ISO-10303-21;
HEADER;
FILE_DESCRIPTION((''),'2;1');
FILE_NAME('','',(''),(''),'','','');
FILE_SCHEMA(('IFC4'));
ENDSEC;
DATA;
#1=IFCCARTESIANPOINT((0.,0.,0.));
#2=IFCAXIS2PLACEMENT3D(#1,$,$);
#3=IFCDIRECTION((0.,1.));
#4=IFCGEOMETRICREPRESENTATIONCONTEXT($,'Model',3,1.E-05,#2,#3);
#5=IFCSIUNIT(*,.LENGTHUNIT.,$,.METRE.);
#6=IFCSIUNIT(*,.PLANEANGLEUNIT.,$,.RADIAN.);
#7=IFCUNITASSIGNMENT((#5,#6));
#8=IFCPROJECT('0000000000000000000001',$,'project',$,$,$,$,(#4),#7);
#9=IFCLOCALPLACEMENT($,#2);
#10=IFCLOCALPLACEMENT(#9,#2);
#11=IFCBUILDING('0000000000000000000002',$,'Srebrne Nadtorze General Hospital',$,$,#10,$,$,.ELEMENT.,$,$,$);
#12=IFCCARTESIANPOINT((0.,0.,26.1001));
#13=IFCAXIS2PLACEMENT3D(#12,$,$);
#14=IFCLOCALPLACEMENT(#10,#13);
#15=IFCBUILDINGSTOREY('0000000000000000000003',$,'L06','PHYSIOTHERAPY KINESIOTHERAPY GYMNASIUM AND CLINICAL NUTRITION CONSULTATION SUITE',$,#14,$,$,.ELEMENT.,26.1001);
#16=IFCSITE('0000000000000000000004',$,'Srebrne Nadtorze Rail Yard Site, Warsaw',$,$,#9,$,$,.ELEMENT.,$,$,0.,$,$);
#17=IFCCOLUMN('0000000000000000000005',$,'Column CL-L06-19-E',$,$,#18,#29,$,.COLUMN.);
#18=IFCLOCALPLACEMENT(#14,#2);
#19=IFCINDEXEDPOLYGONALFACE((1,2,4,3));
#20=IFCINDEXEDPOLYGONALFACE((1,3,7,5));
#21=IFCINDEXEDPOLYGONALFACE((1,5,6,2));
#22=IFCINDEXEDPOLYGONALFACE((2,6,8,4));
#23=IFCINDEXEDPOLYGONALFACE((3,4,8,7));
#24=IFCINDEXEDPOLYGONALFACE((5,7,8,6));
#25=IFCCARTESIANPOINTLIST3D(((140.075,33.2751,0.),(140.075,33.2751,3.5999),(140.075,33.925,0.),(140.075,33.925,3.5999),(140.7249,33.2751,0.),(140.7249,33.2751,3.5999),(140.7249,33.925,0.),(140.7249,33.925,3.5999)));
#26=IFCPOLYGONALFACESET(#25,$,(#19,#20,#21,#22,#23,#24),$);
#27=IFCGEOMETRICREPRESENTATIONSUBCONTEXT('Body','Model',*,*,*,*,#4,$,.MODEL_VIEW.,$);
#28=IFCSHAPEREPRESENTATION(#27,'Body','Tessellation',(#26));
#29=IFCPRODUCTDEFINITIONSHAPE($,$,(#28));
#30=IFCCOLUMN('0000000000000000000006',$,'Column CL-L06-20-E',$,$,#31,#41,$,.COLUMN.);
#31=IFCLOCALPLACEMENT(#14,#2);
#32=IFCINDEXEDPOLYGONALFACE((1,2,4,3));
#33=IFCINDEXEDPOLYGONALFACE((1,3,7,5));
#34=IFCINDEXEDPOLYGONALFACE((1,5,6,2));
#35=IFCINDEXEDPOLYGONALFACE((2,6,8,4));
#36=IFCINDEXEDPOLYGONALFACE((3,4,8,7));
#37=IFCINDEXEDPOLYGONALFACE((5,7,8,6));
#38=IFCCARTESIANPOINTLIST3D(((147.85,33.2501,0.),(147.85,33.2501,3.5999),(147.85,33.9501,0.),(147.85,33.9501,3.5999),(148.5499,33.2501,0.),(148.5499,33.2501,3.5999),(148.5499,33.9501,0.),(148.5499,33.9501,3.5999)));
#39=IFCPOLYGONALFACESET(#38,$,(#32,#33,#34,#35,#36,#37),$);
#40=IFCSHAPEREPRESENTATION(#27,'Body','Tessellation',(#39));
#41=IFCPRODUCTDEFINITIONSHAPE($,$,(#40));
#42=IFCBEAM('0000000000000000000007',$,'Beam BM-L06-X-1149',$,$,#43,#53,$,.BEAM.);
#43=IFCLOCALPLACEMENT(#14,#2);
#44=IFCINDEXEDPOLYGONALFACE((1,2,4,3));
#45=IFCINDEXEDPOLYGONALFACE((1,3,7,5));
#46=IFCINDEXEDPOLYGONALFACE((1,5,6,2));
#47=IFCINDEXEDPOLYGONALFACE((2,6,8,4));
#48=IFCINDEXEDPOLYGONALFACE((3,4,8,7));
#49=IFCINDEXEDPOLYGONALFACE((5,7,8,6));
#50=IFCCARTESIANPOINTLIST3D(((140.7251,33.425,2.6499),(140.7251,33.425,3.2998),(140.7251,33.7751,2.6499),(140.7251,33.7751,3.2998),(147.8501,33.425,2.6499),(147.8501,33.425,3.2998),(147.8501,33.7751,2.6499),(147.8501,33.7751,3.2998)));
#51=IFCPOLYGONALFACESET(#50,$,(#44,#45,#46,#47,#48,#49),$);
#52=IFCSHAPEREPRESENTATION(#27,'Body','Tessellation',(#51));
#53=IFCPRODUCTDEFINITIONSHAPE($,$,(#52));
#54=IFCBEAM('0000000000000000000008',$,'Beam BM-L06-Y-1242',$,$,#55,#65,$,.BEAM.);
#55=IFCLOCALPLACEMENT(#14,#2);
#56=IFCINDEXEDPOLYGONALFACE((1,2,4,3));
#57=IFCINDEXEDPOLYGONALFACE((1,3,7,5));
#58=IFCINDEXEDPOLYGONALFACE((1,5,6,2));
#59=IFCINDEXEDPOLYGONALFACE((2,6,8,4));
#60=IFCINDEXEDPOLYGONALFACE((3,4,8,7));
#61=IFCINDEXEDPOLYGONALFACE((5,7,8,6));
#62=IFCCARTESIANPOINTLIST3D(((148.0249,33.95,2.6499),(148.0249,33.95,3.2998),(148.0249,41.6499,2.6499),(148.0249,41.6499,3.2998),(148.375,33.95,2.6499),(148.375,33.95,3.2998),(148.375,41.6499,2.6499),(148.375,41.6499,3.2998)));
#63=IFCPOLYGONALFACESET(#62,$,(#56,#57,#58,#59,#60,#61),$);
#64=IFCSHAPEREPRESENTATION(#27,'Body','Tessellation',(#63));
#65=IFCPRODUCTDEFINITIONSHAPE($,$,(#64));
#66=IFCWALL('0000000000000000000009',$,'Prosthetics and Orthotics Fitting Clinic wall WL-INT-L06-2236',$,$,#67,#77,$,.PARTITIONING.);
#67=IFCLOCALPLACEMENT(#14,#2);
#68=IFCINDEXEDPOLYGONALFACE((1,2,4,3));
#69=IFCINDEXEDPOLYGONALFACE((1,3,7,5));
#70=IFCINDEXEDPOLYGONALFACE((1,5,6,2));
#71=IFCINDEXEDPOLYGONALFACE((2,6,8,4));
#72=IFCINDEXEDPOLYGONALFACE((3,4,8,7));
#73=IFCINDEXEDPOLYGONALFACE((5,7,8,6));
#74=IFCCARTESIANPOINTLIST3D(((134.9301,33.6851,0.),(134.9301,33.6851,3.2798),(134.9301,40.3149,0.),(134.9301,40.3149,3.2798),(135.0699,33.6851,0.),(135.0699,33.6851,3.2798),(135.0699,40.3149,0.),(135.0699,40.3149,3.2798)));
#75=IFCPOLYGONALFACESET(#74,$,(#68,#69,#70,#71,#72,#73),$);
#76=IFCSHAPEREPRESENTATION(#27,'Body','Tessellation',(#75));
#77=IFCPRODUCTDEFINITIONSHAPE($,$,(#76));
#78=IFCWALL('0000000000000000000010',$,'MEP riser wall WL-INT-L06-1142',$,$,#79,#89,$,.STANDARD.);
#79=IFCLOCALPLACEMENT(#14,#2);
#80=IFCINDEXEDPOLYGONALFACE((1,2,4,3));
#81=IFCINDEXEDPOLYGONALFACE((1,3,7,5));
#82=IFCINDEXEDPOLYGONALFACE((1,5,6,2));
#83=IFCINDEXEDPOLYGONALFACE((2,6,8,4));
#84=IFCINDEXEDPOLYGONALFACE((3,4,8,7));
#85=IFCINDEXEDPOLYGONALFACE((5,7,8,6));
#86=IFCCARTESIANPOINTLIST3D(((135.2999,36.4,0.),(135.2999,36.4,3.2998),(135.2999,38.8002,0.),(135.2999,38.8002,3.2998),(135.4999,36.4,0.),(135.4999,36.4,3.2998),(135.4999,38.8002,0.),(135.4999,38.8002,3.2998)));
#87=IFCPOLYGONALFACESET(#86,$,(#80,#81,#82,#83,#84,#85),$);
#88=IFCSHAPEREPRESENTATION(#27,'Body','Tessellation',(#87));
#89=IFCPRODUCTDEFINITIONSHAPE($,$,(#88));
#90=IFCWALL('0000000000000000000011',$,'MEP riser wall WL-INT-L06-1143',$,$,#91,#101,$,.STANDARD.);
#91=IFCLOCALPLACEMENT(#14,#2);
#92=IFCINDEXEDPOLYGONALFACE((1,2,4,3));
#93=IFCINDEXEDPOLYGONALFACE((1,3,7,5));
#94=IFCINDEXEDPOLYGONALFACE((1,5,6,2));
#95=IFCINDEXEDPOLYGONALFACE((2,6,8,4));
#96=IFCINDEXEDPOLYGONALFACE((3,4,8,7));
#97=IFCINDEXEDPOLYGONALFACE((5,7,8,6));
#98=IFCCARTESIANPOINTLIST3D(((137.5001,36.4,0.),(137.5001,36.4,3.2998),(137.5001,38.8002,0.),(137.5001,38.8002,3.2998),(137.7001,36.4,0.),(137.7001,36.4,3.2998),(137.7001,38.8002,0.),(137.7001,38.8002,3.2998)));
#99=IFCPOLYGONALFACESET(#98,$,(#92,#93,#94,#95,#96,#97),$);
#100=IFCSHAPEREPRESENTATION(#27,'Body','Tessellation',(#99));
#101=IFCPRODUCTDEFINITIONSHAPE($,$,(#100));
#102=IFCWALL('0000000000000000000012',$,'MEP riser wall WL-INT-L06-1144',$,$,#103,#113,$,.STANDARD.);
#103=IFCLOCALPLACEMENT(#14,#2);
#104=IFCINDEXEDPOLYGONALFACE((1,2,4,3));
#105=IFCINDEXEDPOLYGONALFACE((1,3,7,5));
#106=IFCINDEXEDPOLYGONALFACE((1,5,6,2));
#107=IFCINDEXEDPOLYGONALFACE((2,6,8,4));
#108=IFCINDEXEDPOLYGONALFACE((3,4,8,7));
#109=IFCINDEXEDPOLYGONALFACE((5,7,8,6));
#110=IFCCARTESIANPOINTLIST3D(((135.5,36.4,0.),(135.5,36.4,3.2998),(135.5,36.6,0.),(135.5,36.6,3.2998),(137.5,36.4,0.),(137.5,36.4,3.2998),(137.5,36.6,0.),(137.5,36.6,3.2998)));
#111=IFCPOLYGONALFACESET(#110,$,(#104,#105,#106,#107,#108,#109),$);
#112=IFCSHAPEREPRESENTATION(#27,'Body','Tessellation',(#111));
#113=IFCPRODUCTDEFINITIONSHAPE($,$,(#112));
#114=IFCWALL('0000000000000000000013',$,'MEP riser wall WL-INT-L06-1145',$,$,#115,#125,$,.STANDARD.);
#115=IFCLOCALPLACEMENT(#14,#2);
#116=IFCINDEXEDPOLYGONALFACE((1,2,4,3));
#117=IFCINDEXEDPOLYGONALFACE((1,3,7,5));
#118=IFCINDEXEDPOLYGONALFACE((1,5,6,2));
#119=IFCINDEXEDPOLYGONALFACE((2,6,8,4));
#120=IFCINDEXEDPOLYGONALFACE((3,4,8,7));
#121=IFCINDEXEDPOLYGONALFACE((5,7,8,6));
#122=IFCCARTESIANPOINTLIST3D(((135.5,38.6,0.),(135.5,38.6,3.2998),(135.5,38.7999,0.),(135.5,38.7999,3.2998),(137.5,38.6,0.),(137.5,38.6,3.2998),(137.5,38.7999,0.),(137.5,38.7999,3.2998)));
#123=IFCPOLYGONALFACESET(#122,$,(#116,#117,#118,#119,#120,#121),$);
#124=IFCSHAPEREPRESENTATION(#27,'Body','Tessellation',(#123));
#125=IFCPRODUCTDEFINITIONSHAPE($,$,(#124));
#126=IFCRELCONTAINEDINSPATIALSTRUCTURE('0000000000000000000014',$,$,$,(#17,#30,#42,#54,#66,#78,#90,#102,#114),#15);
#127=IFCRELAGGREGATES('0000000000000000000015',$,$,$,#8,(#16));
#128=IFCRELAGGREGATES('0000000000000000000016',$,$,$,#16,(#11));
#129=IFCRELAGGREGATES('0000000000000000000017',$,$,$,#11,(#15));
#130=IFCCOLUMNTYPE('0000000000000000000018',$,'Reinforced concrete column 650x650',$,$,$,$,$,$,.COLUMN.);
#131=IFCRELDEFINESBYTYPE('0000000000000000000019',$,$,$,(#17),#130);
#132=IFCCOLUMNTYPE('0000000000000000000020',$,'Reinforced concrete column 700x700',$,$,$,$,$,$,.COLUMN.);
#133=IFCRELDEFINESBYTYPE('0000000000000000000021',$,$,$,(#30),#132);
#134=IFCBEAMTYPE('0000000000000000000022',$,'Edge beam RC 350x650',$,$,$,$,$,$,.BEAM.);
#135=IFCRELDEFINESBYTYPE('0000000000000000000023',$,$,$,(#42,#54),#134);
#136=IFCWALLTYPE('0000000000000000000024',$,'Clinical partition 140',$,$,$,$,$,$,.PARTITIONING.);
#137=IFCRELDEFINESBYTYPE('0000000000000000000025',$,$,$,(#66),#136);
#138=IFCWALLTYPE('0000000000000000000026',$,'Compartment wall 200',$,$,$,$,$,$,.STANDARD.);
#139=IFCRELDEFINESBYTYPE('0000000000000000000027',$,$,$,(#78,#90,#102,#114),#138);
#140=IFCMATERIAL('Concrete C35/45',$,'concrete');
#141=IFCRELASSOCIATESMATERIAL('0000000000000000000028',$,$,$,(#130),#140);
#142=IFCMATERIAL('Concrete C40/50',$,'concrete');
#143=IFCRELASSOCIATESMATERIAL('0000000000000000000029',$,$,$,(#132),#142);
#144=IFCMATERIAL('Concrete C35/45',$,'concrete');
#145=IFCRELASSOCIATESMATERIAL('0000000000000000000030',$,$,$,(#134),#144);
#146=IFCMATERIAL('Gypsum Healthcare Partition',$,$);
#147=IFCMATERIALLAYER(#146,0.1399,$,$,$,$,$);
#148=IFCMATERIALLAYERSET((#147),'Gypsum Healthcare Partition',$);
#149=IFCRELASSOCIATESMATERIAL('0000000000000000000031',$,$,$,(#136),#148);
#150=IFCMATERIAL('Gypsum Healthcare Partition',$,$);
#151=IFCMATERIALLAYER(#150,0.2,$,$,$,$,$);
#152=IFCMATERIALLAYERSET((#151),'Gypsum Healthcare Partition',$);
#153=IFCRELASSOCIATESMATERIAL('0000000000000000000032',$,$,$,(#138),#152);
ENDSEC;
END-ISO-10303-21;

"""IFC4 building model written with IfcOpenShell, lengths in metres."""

from ifc_helpers import new_model, si_unit, direction, frame, frame_2d, origin, origin_2d, place, context, subcontext, project, spatial, rectangle, extrude, material, layer, layer_set, material_profile, profile_set, type_object, element, save


model = new_model("IFC4")

# Units and contexts
model_context = context("Model", 3, precision=1e-05, world=origin(), true_north=direction((0.0, 1.0)))
body_context = subcontext(model_context, "Body", "Model", "MODEL_VIEW")
ifc_project = project(units=[si_unit("LENGTHUNIT", "METRE"), si_unit("PLANEANGLEUNIT", "RADIAN")], contexts=[model_context])

# Site, building, storey
site_placement = place(None, origin())
site = spatial("IfcSite", under=ifc_project, at=site_placement, Name="Srebrne Nadtorze Rail Yard Site, Warsaw", CompositionType="ELEMENT", RefElevation=0.0)
building_placement = place(site_placement, origin())
building = spatial("IfcBuilding", under=site, at=building_placement, Name="Srebrne Nadtorze General Hospital", CompositionType="ELEMENT")
storey_placement = place(building_placement, frame((0.0, 0.0, 26.1001)))
storey = spatial("IfcBuildingStorey", under=building, at=storey_placement, Name="L06", Description="PHYSIOTHERAPY KINESIOTHERAPY GYMNASIUM AND CLINICAL NUTRITION CONSULTATION SUITE", CompositionType="ELEMENT", Elevation=26.1001)

# Columns
ifc_material_1 = material(Name="Concrete C35/45", Category="concrete")
ifc_material_profile_1 = material_profile(ifc_material_1, rectangle(XDim=0.6499, YDim=0.6499, at=origin_2d()), Name="RC-COL-650x650")
ifc_profile_set_1 = profile_set([ifc_material_profile_1], Name="Concrete C35/45")
column_type_1 = type_object("IfcColumnType", Name="Reinforced concrete column 650x650", PredefinedType="COLUMN", material=ifc_profile_set_1)
column_1_placement = place(storey_placement, frame((140.3999, 33.6001, 0.0), z_axis=(0.0, 0.0, 1.0), x_axis=(1.0, 0.0, 0.0)))
element("IfcColumn", 1, at=column_1_placement, inside=storey, type_object=column_type_1, Name="Column CL-L06-19-E", PredefinedType="COLUMN", context=body_context, shape_type="SweptSolid", body=[
    extrude(rectangle(XDim=0.6499, YDim=0.6499, at=origin_2d()), origin(), (0.0, 0.0, 1.0), 3.5999),
])
ifc_material_2 = material(Name="Concrete C40/50", Category="concrete")
ifc_material_profile_2 = material_profile(ifc_material_2, rectangle(XDim=0.7, YDim=0.7, at=origin_2d()), Name="RC-COL-700x700")
ifc_profile_set_2 = profile_set([ifc_material_profile_2], Name="Concrete C40/50")
column_type_2 = type_object("IfcColumnType", Name="Reinforced concrete column 700x700", PredefinedType="COLUMN", material=ifc_profile_set_2)
column_2_placement = place(storey_placement, frame((148.2, 33.6001, 0.0), z_axis=(0.0, 0.0, 1.0), x_axis=(1.0, 0.0, 0.0)))
element("IfcColumn", 2, at=column_2_placement, inside=storey, type_object=column_type_2, Name="Column CL-L06-20-E", PredefinedType="COLUMN", context=body_context, shape_type="SweptSolid", body=[
    extrude(rectangle(XDim=0.7, YDim=0.7, at=origin_2d()), origin(), (0.0, 0.0, 1.0), 3.5999),
])

# Beams
ifc_material_3 = material(Name="Concrete C35/45", Category="concrete")
ifc_material_profile_3 = material_profile(ifc_material_3, rectangle(XDim=0.3501, YDim=0.6499, at=origin_2d()), Name="RC-BM-350x650")
ifc_profile_set_3 = profile_set([ifc_material_profile_3], Name="Concrete C35/45")
beam_type = type_object("IfcBeamType", Name="Edge beam RC 350x650", PredefinedType="BEAM", material=ifc_profile_set_3)
beam_1_placement = place(storey_placement, frame((140.7251, 33.6001, 2.9749), z_axis=(1.0, 0.0, 0.0), x_axis=(0.0, 1.0, 0.0)))
element("IfcBeam", 3, at=beam_1_placement, inside=storey, type_object=beam_type, Name="Beam BM-L06-X-1149", PredefinedType="BEAM", context=body_context, shape_type="SweptSolid", body=[
    extrude(rectangle(XDim=0.3501, YDim=0.6499, at=origin_2d()), origin(), (0.0, 0.0, 1.0), 7.125),
])
beam_2_placement = place(storey_placement, frame((148.2, 33.95, 2.9749), z_axis=(0.0, 1.0, 0.0), x_axis=(-1.0, 0.0, 0.0)))
element("IfcBeam", 4, at=beam_2_placement, inside=storey, type_object=beam_type, Name="Beam BM-L06-Y-1242", PredefinedType="BEAM", context=body_context, shape_type="SweptSolid", body=[
    extrude(rectangle(XDim=0.3501, YDim=0.6499, at=origin_2d()), origin(), (0.0, 0.0, 1.0), 7.7),
])

# Walls
ifc_material_4 = material(Name="Gypsum Healthcare Partition")
ifc_layer_1 = layer(ifc_material_4, 0.1399)
ifc_layer_set_1 = layer_set([ifc_layer_1], Name="Gypsum Healthcare Partition")
wall_type_1 = type_object("IfcWallType", Name="Clinical partition 140", PredefinedType="PARTITIONING", material=ifc_layer_set_1)
wall_1_placement = place(storey_placement, frame((135.0, 33.6851, 0.0), z_axis=(0.0, 0.0, 1.0), x_axis=(0.0, 1.0, 0.0)))
element("IfcWall", 5, at=wall_1_placement, inside=storey, type_object=wall_type_1, Name="Prosthetics and Orthotics Fitting Clinic wall WL-INT-L06-2236", PredefinedType="PARTITIONING", context=body_context, shape_type="SweptSolid", body=[
    extrude(rectangle(XDim=6.6299, YDim=0.1399, at=frame_2d((3.3149, 0.0))), origin(), (0.0, 0.0, 1.0), 3.2798),
])
ifc_material_5 = material(Name="Gypsum Healthcare Partition")
ifc_layer_2 = layer(ifc_material_5, 0.2)
ifc_layer_set_2 = layer_set([ifc_layer_2], Name="Gypsum Healthcare Partition")
wall_type_2 = type_object("IfcWallType", Name="Compartment wall 200", PredefinedType="STANDARD", material=ifc_layer_set_2)
for number, where, z_axis, x_axis, name in (
    (6, (135.3999, 36.3999, 0.0), (0.0, 0.0, 1.0), (0.0, 1.0, 0.0), "MEP riser wall WL-INT-L06-1142"),
    (7, (137.6001, 36.3999, 0.0), (0.0, 0.0, 1.0), (0.0, 1.0, 0.0), "MEP riser wall WL-INT-L06-1143"),
):
    element("IfcWall", number, at=place(storey_placement, frame(where, z_axis=z_axis, x_axis=x_axis)), inside=storey, type_object=wall_type_2, Name=name, PredefinedType="STANDARD", context=body_context, shape_type="SweptSolid", body=[
        extrude(rectangle(XDim=2.4001, YDim=0.2, at=frame_2d((1.2002, 0.0))), origin(), (0.0, 0.0, 1.0), 3.2998),
    ])
for number, where, z_axis, x_axis, name in (
    (8, (135.5, 36.5, 0.0), (0.0, 0.0, 1.0), (1.0, 0.0, 0.0), "MEP riser wall WL-INT-L06-1144"),
    (9, (135.5, 38.7, 0.0), (0.0, 0.0, 1.0), (1.0, 0.0, 0.0), "MEP riser wall WL-INT-L06-1145"),
):
    element("IfcWall", number, at=place(storey_placement, frame(where, z_axis=z_axis, x_axis=x_axis)), inside=storey, type_object=wall_type_2, Name=name, PredefinedType="STANDARD", context=body_context, shape_type="SweptSolid", body=[
        extrude(rectangle(XDim=2.0, YDim=0.2, at=frame_2d((1.0, 0.0))), origin(), (0.0, 0.0, 1.0), 3.2998),
    ])

save(model, "model.ifc")
